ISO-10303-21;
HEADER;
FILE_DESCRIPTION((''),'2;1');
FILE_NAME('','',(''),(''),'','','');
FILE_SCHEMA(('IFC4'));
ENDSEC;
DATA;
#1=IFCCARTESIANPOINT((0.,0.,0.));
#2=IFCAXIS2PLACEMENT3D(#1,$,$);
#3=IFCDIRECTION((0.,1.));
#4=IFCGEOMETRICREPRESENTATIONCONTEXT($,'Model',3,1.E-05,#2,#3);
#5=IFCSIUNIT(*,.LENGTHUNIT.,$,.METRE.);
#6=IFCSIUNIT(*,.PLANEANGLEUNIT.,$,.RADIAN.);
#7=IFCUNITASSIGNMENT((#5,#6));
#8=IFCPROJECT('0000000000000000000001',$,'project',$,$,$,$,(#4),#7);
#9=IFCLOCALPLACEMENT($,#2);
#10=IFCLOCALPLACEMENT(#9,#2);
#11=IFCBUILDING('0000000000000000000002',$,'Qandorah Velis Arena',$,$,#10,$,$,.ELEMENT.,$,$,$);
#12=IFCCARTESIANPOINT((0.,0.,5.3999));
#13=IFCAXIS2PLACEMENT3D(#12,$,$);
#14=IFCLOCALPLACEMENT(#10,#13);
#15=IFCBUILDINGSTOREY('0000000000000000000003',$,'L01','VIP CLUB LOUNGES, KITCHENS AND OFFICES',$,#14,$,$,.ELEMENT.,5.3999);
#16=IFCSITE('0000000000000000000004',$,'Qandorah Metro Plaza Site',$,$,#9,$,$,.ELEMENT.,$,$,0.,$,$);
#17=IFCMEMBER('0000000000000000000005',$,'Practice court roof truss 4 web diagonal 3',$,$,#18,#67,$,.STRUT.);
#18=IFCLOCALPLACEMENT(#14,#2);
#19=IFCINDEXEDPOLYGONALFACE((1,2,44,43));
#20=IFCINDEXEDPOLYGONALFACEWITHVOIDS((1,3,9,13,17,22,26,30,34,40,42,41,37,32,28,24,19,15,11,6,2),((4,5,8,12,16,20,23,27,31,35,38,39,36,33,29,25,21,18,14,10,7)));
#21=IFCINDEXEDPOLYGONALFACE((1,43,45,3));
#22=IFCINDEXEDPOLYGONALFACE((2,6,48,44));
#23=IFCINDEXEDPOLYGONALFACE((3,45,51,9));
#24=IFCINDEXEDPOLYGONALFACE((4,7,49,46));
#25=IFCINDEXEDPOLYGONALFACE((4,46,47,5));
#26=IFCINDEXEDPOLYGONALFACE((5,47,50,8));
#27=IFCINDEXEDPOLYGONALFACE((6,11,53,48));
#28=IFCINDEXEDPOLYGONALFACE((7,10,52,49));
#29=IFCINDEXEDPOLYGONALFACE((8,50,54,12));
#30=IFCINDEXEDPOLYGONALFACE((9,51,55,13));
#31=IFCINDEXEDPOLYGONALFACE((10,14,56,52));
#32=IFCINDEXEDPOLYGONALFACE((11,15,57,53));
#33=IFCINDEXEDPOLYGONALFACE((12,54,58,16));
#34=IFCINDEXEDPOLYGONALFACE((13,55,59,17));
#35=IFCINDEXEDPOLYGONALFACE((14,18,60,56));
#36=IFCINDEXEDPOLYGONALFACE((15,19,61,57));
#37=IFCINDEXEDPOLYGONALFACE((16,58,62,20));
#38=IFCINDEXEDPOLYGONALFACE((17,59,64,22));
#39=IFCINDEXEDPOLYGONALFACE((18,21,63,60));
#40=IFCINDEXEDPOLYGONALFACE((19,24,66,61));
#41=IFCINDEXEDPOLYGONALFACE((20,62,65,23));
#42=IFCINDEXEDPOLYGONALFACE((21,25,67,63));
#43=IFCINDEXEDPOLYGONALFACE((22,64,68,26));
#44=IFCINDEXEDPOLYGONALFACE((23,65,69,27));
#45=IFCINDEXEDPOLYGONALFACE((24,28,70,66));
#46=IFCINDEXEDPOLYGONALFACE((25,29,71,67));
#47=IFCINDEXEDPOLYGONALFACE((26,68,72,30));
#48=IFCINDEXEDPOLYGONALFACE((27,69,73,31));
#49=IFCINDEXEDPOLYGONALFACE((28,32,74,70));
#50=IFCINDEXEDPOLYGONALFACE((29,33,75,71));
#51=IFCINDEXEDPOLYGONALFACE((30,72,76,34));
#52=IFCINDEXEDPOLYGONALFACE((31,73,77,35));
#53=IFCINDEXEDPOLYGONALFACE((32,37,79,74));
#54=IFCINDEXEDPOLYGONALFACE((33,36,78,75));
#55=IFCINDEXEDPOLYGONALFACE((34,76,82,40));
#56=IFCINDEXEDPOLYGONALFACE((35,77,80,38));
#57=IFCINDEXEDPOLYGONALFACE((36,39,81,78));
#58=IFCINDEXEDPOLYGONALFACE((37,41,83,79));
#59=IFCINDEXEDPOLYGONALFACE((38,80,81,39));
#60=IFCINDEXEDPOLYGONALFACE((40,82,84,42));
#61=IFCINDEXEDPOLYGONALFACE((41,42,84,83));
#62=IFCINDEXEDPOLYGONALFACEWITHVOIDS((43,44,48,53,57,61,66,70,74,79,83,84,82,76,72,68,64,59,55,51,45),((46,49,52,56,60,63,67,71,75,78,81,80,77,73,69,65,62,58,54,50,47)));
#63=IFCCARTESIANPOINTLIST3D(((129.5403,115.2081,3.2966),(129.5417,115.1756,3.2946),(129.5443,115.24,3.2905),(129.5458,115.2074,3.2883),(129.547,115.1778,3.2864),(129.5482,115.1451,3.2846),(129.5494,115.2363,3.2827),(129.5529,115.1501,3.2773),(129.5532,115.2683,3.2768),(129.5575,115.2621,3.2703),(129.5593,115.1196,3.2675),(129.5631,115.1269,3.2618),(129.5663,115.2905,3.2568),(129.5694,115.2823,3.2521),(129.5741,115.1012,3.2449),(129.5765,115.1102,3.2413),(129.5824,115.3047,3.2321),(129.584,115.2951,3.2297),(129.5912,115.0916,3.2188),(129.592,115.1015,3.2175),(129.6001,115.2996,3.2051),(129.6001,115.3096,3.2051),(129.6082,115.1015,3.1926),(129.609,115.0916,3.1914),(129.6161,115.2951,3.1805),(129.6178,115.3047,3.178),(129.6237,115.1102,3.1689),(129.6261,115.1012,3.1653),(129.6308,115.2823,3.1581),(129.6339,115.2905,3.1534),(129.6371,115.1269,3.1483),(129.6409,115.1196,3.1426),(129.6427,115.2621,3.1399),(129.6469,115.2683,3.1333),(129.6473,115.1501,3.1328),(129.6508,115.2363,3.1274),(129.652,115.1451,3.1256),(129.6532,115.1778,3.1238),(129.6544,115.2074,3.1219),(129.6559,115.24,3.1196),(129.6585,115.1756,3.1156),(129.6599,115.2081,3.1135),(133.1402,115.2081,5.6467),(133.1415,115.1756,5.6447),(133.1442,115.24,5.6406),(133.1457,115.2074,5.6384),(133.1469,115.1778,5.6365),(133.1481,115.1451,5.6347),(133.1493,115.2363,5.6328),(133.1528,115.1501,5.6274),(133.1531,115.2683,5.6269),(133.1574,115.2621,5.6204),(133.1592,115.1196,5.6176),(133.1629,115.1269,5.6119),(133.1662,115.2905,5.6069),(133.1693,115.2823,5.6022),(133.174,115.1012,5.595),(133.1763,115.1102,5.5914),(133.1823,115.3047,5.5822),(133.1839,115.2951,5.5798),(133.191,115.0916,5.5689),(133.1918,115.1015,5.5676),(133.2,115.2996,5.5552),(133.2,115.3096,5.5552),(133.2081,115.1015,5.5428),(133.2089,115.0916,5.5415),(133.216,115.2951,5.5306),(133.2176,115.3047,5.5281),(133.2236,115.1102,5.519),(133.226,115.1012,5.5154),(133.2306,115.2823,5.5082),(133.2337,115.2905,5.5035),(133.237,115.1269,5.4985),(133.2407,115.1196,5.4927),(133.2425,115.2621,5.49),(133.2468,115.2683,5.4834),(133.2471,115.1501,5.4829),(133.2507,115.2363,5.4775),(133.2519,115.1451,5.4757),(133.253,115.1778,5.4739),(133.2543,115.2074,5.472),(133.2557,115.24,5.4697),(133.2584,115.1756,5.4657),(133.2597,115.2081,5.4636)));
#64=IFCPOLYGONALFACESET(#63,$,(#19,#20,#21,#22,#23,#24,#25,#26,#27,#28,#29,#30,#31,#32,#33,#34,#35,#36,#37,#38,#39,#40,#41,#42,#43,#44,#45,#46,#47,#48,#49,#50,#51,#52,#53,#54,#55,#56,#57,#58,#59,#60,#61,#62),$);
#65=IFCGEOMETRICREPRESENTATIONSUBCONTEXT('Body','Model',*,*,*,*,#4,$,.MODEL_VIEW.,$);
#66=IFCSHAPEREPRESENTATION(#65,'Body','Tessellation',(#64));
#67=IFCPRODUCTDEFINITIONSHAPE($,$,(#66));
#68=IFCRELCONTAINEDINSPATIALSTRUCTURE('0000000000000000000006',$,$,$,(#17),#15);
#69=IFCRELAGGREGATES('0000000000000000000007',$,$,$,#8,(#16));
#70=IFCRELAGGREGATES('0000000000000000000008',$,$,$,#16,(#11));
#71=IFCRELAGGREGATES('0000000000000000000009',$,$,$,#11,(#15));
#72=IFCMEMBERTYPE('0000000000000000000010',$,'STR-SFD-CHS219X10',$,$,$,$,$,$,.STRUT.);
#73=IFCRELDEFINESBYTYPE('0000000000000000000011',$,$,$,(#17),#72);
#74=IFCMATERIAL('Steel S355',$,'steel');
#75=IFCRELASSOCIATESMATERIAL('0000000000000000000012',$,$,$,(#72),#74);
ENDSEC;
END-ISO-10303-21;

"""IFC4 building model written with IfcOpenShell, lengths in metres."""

from ifc_helpers import new_model, si_unit, direction, frame, origin, origin_2d, place, context, subcontext, project, spatial, hollow_circle, extrude, material, material_profile, profile_set, type_object, element, save


model = new_model("IFC4")

# Units and contexts
model_context = context("Model", 3, precision=1e-05, world=origin(), true_north=direction((0.0, 1.0)))
body_context = subcontext(model_context, "Body", "Model", "MODEL_VIEW")
ifc_project = project(units=[si_unit("LENGTHUNIT", "METRE"), si_unit("PLANEANGLEUNIT", "RADIAN")], contexts=[model_context])

# Site, building, storey
site_placement = place(None, origin())
site = spatial("IfcSite", under=ifc_project, at=site_placement, Name="Qandorah Metro Plaza Site", CompositionType="ELEMENT", RefElevation=0.0)
building_placement = place(site_placement, origin())
building = spatial("IfcBuilding", under=site, at=building_placement, Name="Qandorah Velis Arena", CompositionType="ELEMENT")
storey_placement = place(building_placement, frame((0.0, 0.0, 5.3999)))
storey = spatial("IfcBuildingStorey", under=building, at=storey_placement, Name="L01", Description="VIP CLUB LOUNGES, KITCHENS AND OFFICES", CompositionType="ELEMENT", Elevation=5.3999)

# Shared definitions
ifc_material_1 = material(Name="Steel S355", Category="steel")

# Member
ifc_material_profile_1 = material_profile(ifc_material_1, hollow_circle(Radius=0.1096, WallThickness=0.01, at=origin_2d()), Name="CHS 219.1x10")
ifc_profile_set_1 = profile_set([ifc_material_profile_1], Name="Steel S355")
member_type = type_object("IfcMemberType", Name="STR-SFD-CHS219X10", PredefinedType="STRUT", material=ifc_profile_set_1)
member_1_placement = place(storey_placement, frame((129.6001, 115.2, 3.2051), z_axis=(0.837359, 0.0, 0.546654), x_axis=(0.0, 1.0, 0.0)))
element("IfcMember", 1, at=member_1_placement, inside=storey, type_object=member_type, Name="Practice court roof truss 4 web diagonal 3", PredefinedType="STRUT", context=body_context, shape_type="SweptSolid", body=[
    extrude(hollow_circle(Radius=0.1096, WallThickness=0.01, at=origin_2d()), origin(), (0.0, 0.0, 1.0), 4.2991),
])

save(model, "model.ifc")
